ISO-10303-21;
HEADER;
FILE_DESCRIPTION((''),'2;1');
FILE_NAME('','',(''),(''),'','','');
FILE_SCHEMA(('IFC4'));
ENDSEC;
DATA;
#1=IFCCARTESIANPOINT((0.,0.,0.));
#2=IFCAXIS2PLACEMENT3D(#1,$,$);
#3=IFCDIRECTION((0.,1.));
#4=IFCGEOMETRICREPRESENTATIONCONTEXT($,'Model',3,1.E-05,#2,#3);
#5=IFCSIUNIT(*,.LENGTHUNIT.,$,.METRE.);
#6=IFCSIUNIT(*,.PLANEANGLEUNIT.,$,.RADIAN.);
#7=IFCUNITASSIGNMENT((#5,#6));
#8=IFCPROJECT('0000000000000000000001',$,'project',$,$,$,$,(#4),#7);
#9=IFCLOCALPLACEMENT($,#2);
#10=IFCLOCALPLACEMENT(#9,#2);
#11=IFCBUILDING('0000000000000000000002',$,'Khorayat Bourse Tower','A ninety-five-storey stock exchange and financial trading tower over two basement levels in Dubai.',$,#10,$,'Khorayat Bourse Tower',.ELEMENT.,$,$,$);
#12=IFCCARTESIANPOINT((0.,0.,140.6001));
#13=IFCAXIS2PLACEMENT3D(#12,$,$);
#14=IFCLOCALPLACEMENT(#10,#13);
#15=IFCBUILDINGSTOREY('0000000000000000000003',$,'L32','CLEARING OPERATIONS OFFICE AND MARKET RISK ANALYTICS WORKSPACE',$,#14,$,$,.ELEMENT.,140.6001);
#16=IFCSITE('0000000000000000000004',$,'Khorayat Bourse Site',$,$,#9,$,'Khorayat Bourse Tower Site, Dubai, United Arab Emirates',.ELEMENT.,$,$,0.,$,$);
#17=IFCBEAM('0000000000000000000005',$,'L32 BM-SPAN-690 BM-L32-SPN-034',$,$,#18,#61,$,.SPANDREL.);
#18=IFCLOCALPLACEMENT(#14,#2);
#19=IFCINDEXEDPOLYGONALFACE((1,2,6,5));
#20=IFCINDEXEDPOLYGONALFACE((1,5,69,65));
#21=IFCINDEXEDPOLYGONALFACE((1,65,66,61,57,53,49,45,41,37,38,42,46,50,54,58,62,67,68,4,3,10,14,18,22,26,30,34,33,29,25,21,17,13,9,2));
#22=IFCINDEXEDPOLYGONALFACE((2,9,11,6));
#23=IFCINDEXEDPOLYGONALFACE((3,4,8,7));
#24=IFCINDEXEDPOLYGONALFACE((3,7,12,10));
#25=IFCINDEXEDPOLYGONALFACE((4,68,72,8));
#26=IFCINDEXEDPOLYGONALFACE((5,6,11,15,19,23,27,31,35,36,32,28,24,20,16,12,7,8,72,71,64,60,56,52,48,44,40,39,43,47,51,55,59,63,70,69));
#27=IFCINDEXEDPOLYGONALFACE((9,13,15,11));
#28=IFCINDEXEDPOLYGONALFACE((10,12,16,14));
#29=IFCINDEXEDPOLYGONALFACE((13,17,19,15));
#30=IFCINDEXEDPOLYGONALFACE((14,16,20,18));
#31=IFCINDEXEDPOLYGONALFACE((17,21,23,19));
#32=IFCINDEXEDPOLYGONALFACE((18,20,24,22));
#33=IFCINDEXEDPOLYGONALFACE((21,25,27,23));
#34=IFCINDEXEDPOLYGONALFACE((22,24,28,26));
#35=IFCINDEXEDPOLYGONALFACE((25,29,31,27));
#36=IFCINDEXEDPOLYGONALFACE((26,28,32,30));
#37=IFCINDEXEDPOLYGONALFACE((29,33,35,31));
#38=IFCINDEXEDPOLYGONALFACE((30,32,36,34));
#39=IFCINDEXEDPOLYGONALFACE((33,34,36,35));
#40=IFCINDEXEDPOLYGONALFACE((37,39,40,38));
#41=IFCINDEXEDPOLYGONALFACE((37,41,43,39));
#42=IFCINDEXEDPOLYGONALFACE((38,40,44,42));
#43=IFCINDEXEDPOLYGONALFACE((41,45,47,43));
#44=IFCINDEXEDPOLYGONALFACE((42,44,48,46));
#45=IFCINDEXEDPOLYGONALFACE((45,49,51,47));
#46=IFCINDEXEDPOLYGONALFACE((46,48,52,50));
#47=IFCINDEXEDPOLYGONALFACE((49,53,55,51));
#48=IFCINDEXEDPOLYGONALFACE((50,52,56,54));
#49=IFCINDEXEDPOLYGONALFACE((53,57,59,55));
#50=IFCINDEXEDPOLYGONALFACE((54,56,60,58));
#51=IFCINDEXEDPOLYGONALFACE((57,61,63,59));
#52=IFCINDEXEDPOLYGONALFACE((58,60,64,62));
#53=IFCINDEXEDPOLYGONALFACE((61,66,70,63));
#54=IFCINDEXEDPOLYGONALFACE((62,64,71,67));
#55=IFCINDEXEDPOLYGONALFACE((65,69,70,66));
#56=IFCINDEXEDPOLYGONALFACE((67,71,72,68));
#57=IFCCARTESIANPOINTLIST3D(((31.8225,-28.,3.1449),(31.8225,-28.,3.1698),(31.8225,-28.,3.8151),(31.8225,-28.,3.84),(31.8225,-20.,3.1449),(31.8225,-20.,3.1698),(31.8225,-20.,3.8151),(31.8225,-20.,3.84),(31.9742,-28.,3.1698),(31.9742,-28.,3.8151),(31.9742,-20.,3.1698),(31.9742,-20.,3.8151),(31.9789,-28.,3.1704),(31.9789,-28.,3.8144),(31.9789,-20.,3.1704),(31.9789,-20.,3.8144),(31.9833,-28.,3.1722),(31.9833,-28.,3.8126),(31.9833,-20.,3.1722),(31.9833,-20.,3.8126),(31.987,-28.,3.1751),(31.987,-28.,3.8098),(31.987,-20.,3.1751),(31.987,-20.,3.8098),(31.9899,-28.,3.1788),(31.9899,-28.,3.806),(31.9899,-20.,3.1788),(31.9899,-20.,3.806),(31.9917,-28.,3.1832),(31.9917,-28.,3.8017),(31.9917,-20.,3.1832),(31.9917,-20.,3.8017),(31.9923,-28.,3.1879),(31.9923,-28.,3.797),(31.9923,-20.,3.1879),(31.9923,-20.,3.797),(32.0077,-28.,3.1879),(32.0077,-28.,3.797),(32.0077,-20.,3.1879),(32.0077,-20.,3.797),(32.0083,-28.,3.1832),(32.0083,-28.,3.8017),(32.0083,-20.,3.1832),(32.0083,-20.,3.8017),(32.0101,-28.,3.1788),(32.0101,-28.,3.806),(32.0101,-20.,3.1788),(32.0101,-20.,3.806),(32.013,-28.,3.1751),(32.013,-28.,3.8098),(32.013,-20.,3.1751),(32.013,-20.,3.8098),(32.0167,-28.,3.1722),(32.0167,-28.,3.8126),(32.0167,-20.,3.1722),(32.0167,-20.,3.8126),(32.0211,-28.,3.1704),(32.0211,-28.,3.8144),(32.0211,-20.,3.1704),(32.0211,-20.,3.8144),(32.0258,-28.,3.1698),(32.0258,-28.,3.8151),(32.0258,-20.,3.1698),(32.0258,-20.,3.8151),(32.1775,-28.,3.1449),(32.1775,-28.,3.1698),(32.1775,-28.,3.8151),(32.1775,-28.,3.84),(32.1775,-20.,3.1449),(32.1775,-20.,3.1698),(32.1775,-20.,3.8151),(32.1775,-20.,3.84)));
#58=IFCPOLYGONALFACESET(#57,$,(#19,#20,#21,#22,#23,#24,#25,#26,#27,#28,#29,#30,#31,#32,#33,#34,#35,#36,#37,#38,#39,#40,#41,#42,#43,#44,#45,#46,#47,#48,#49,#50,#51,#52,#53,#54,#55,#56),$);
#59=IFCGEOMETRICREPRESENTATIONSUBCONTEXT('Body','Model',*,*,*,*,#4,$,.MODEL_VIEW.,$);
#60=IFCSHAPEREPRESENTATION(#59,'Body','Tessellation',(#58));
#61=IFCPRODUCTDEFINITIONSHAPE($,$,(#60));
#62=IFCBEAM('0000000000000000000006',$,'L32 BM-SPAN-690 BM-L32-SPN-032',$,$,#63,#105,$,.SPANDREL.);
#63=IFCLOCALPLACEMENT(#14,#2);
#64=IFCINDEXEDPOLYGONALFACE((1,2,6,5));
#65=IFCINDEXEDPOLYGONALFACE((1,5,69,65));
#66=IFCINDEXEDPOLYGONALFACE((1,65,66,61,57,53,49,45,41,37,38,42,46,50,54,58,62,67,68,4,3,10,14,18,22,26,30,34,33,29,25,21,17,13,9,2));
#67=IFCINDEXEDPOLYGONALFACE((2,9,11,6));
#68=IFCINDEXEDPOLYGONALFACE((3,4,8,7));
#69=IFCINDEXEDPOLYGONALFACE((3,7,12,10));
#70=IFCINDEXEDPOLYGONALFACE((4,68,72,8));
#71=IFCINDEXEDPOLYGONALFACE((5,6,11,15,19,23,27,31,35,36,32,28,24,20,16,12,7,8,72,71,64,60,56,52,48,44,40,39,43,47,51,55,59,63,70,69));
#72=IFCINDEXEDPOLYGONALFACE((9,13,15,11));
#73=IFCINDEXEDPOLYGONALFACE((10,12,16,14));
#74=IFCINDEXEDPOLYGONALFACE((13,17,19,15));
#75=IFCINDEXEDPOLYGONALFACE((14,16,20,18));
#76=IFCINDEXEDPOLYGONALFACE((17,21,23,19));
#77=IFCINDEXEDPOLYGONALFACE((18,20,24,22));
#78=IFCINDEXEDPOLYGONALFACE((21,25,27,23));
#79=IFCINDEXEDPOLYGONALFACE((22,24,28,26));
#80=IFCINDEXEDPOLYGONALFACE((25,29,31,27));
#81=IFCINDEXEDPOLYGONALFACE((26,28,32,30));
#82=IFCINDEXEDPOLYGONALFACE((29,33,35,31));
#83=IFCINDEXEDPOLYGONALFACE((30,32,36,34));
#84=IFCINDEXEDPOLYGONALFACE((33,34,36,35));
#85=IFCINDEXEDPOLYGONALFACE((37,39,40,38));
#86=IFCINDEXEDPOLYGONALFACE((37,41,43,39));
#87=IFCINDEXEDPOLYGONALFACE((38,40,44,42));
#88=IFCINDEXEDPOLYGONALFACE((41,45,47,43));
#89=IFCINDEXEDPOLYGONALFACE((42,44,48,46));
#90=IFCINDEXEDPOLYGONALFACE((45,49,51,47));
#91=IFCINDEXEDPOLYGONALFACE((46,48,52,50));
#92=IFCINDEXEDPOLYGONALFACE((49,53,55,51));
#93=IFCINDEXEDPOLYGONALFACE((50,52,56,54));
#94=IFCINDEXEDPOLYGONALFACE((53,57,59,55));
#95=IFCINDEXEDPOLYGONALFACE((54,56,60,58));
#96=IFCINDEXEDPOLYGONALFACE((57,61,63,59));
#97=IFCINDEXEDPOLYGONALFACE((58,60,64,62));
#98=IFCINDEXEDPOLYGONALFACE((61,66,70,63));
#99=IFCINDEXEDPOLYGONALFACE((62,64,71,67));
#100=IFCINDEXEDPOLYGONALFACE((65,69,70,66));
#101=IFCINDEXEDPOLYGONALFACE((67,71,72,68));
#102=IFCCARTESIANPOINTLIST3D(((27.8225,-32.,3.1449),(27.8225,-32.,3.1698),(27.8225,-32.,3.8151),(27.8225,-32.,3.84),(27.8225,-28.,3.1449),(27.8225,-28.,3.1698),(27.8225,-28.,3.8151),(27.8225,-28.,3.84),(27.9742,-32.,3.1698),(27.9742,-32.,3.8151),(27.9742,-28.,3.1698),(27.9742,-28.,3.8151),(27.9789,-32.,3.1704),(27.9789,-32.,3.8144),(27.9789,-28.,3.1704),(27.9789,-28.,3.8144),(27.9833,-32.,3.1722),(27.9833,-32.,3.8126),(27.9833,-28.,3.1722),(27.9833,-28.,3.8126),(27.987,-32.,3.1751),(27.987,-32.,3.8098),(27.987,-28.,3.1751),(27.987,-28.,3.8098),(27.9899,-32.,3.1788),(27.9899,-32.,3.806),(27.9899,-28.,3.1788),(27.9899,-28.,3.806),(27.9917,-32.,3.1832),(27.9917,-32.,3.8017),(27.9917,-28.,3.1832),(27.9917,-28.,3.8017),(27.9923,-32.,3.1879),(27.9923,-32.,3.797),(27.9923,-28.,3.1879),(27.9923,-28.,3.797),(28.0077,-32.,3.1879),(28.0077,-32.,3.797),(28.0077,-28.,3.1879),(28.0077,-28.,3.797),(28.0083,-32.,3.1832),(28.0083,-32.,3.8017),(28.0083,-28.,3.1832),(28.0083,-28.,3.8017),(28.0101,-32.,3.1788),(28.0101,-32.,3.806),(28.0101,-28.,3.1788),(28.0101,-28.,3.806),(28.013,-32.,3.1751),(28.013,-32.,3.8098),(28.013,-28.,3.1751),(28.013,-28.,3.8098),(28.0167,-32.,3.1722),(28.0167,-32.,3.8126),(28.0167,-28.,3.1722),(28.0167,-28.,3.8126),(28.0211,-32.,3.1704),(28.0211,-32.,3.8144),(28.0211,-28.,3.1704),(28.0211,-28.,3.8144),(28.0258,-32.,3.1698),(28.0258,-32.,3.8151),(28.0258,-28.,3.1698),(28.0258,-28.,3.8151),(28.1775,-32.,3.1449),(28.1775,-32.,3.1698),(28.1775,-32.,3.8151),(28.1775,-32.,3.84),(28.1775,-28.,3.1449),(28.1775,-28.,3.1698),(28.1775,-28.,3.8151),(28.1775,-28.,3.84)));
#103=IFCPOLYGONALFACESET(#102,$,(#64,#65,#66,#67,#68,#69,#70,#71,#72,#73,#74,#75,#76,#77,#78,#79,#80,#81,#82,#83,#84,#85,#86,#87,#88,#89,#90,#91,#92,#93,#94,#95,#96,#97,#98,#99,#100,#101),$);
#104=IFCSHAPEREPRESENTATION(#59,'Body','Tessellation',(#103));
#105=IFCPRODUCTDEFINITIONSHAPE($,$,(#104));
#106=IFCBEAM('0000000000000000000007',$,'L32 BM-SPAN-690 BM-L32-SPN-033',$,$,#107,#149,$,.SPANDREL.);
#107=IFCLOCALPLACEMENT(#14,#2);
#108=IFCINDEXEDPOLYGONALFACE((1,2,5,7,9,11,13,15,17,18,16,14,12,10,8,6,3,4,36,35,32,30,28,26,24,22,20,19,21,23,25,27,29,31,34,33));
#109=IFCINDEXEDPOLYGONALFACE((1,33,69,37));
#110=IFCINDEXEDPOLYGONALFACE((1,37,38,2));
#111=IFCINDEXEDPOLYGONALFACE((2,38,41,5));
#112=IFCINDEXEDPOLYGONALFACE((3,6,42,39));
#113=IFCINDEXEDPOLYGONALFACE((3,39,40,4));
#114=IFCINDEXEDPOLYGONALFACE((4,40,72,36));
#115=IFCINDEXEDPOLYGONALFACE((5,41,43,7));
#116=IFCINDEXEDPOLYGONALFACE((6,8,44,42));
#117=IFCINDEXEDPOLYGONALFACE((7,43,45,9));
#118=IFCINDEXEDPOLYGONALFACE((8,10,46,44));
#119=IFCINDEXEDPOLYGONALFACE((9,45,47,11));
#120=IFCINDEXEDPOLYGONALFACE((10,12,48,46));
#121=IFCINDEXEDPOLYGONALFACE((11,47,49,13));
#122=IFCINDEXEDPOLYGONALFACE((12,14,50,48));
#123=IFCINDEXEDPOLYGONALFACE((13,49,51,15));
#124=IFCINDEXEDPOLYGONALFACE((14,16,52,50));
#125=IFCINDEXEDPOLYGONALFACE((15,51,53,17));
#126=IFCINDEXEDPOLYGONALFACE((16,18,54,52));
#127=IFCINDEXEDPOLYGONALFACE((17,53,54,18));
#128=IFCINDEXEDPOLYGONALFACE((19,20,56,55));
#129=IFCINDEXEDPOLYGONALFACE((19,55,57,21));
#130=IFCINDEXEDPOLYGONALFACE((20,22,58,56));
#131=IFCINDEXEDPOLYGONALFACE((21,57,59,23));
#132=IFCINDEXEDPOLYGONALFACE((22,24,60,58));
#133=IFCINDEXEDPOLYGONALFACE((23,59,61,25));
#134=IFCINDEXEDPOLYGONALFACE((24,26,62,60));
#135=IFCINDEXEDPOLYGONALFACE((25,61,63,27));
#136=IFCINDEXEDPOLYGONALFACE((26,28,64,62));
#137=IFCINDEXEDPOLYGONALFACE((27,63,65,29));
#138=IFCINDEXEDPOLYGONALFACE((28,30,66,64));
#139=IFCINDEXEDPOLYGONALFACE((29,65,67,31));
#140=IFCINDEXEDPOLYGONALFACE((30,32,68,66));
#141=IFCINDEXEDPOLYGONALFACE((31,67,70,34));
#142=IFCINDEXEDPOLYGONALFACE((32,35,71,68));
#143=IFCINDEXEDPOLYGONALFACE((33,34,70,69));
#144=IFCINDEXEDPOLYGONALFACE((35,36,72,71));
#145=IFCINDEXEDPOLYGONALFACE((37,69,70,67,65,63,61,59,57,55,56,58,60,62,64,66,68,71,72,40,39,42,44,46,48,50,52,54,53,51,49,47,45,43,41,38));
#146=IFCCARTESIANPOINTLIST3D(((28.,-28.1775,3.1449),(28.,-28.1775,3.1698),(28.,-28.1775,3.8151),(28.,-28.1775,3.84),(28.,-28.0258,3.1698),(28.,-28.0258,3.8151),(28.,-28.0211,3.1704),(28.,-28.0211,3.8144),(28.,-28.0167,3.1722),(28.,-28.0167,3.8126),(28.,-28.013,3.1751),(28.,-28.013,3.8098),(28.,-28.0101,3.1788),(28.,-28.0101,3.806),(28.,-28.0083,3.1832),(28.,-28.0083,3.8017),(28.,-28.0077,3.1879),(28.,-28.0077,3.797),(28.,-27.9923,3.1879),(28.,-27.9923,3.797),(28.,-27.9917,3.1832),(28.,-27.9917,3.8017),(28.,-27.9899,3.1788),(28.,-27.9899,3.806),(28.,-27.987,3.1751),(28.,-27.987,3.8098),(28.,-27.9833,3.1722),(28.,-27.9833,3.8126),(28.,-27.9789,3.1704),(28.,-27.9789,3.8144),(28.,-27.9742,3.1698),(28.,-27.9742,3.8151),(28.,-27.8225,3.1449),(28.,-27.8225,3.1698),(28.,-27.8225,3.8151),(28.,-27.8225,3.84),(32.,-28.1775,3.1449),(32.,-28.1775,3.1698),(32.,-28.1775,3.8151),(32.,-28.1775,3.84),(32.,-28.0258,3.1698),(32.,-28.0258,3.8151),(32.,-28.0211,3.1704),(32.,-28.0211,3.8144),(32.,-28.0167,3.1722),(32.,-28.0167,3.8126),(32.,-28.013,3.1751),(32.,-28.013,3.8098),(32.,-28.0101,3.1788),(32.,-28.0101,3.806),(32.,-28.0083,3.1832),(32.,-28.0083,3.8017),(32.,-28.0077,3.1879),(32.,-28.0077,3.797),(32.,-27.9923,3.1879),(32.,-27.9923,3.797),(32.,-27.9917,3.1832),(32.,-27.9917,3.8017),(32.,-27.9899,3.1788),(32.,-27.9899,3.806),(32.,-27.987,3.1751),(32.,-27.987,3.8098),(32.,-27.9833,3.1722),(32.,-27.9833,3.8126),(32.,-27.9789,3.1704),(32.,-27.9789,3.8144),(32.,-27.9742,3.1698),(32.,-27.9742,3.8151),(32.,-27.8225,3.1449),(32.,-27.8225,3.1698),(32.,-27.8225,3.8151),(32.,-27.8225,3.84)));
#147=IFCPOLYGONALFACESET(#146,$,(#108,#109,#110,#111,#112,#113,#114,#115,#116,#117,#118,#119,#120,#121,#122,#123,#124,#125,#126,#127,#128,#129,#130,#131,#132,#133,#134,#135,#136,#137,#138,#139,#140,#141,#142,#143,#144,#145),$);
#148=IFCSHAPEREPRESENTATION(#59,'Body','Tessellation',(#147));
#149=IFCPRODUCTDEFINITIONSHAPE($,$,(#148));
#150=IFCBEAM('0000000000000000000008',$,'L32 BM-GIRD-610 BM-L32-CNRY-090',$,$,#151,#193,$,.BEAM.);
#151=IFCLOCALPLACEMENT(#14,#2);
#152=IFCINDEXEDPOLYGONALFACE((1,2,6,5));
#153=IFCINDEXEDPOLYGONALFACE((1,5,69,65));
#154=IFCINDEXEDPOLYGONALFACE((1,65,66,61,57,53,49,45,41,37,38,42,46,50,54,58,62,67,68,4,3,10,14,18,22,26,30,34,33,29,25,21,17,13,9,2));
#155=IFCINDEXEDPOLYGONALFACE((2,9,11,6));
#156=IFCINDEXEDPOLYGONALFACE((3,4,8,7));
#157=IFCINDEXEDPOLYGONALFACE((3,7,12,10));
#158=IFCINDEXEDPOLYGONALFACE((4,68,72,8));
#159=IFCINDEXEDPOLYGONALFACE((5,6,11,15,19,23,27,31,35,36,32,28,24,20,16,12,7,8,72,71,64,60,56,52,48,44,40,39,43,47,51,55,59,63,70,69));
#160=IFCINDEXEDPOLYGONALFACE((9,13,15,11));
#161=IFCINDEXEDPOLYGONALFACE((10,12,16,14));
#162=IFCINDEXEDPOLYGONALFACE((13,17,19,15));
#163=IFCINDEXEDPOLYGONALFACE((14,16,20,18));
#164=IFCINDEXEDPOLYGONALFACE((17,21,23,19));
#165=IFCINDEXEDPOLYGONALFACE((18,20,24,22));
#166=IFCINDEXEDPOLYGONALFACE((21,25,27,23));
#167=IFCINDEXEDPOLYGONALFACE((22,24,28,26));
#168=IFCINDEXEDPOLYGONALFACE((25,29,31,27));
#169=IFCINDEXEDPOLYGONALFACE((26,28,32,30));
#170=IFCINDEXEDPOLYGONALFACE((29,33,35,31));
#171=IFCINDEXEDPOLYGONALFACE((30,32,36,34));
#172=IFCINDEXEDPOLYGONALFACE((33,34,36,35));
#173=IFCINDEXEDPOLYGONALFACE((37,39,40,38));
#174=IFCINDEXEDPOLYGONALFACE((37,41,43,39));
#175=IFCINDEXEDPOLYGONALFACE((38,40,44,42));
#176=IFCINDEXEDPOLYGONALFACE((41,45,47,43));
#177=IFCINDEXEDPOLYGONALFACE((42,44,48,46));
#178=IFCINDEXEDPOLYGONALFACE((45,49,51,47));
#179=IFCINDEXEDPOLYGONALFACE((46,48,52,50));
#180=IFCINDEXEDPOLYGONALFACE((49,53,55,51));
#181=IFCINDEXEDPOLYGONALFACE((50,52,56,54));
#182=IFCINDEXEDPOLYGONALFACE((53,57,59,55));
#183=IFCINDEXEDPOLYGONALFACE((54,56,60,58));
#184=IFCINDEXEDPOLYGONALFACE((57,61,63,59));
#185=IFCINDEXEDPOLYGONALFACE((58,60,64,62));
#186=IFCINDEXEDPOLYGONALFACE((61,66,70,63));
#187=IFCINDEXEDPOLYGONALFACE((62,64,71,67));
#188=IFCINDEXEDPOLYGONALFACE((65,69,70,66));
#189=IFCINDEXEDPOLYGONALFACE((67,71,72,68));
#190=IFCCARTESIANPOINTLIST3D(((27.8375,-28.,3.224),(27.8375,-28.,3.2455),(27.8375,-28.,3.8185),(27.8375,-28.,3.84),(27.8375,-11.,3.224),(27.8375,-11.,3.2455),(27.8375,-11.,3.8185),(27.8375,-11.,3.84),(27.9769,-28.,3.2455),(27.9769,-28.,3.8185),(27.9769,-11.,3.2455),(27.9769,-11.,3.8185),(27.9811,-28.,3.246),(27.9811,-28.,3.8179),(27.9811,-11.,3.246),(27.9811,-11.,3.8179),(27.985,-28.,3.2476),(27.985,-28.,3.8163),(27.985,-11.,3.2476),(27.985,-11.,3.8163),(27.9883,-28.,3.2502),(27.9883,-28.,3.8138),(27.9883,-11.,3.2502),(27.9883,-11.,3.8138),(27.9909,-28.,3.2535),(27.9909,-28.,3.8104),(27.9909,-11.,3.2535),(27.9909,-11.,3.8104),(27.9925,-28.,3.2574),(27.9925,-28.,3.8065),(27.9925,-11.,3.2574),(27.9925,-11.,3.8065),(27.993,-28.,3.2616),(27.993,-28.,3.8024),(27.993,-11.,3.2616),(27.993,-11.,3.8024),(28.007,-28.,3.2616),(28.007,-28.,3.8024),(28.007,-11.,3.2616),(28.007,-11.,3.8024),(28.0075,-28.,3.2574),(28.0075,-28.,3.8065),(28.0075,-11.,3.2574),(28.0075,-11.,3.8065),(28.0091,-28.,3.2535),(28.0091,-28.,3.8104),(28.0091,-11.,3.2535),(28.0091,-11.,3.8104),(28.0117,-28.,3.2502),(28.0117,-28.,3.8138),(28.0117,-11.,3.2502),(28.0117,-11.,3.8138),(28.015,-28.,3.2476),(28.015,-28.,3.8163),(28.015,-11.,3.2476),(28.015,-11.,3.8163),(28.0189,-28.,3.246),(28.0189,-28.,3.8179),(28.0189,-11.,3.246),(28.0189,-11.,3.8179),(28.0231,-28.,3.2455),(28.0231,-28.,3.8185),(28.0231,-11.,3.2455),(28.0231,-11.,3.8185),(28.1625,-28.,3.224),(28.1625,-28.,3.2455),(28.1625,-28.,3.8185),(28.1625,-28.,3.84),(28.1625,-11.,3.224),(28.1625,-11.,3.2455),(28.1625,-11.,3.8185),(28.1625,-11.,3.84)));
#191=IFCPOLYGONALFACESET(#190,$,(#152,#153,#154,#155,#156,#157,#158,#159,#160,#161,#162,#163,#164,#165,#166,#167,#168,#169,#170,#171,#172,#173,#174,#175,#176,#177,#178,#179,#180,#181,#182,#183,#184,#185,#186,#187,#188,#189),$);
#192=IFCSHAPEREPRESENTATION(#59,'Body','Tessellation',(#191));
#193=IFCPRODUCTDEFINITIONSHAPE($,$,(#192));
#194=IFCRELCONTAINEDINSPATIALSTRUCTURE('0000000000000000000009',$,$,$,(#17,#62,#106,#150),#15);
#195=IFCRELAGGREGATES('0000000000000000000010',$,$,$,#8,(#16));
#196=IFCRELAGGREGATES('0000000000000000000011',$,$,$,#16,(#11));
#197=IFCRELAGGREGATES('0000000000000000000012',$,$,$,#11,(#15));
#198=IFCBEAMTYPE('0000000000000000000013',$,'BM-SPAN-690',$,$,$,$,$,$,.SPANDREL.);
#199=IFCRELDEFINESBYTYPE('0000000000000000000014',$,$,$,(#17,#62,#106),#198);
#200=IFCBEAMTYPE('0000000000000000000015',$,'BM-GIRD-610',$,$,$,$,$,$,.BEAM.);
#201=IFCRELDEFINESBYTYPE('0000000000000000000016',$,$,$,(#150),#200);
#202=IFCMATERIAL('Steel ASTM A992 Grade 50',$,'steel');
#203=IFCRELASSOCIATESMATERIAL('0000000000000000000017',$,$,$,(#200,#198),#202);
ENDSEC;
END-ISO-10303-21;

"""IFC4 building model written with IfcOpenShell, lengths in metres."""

from ifc_helpers import new_model, si_unit, direction, frame, origin, origin_2d, place, context, subcontext, project, spatial, i_section, extrude, source, transform, mapped, material, material_profile, profile_set, type_object, element, save


model = new_model("IFC4")

# Units and contexts
model_context = context("Model", 3, precision=1e-05, world=origin(), true_north=direction((0.0, 1.0)))
body_context = subcontext(model_context, "Body", "Model", "MODEL_VIEW")
ifc_project = project(units=[si_unit("LENGTHUNIT", "METRE"), si_unit("PLANEANGLEUNIT", "RADIAN")], contexts=[model_context])

# Site, building, storey
site_placement = place(None, origin())
site = spatial("IfcSite", under=ifc_project, at=site_placement, Name="Khorayat Bourse Site", LongName="Khorayat Bourse Tower Site, Dubai, United Arab Emirates", CompositionType="ELEMENT", RefElevation=0.0)
building_placement = place(site_placement, origin())
building = spatial("IfcBuilding", under=site, at=building_placement, Name="Khorayat Bourse Tower", Description="A ninety-five-storey stock exchange and financial trading tower over two basement levels in Dubai.", LongName="Khorayat Bourse Tower", CompositionType="ELEMENT")
storey_placement = place(building_placement, frame((0.0, 0.0, 140.6001)))
storey = spatial("IfcBuildingStorey", under=building, at=storey_placement, Name="L32", Description="CLEARING OPERATIONS OFFICE AND MARKET RISK ANALYTICS WORKSPACE", CompositionType="ELEMENT", Elevation=140.6001)

# Beams
ifc_material_1 = material(Name="Steel ASTM A992 Grade 50", Category="steel")
ifc_material_profile_1 = material_profile(ifc_material_1, i_section(OverallWidth=0.325, OverallDepth=0.616, WebThickness=0.0139, FlangeThickness=0.0215, FilletRadius=0.0161, at=origin_2d()), Name="W610X174")
ifc_profile_set_1 = profile_set([ifc_material_profile_1], Name="Steel ASTM A992 Grade 50")
beam_type_1 = type_object("IfcBeamType", Name="BM-GIRD-610", PredefinedType="BEAM", material=ifc_profile_set_1)
ifc_material_profile_2 = material_profile(ifc_material_1, i_section(OverallWidth=0.355, OverallDepth=0.6951, WebThickness=0.0154, FlangeThickness=0.0249, FilletRadius=0.0181, at=origin_2d()), Name="W690X217")
ifc_profile_set_2 = profile_set([ifc_material_profile_2], Name="Steel ASTM A992 Grade 50")
beam_type_2 = type_object("IfcBeamType", Name="BM-SPAN-690", PredefinedType="SPANDREL", material=ifc_profile_set_2)
shared_shape_1 = source(origin(), body_context, "Body", "SweptSolid", [
    extrude(i_section(OverallWidth=0.355, OverallDepth=0.6951, WebThickness=0.0154, FlangeThickness=0.0249, FilletRadius=0.0181, at=origin_2d()), origin(), (0.0, 0.0, 1.0), 8.0),
])
for number, where, z_axis, x_axis, name in (
    (1, (32.0, -28.0, 3.4924), (0.0, 1.0, 0.0), (-1.0, 0.0, 0.0), "L32 BM-SPAN-690 BM-L32-SPN-034"),
):
    element("IfcBeam", number, at=place(storey_placement, frame(where, z_axis=z_axis, x_axis=x_axis)), inside=storey, type_object=beam_type_2, Name=name, PredefinedType="SPANDREL", context=body_context, shape_type="MappedRepresentation", body=[
        mapped(shared_shape_1, transform((0.0, 0.0, 0.0), scale=1.0)),
    ])
shared_shape_2 = source(origin(), body_context, "Body", "SweptSolid", [
    extrude(i_section(OverallWidth=0.355, OverallDepth=0.6951, WebThickness=0.0154, FlangeThickness=0.0249, FilletRadius=0.0181, at=origin_2d()), origin(), (0.0, 0.0, 1.0), 4.0),
])
for number, where, z_axis, x_axis, name in (
    (2, (28.0, -32.0, 3.4924), (0.0, 1.0, 0.0), (-1.0, 0.0, 0.0), "L32 BM-SPAN-690 BM-L32-SPN-032"),
    (3, (28.0, -28.0, 3.4924), (1.0, 0.0, 0.0), (0.0, 1.0, 0.0), "L32 BM-SPAN-690 BM-L32-SPN-033"),
):
    element("IfcBeam", number, at=place(storey_placement, frame(where, z_axis=z_axis, x_axis=x_axis)), inside=storey, type_object=beam_type_2, Name=name, PredefinedType="SPANDREL", context=body_context, shape_type="MappedRepresentation", body=[
        mapped(shared_shape_2, transform((0.0, 0.0, 0.0), scale=1.0)),
    ])
shared_shape_3 = source(origin(), body_context, "Body", "SweptSolid", [
    extrude(i_section(OverallWidth=0.325, OverallDepth=0.616, WebThickness=0.0139, FlangeThickness=0.0215, FilletRadius=0.0161, at=origin_2d()), origin(), (0.0, 0.0, 1.0), 17.0),
])
beam_1_placement = place(storey_placement, frame((28.0, -28.0, 3.532), z_axis=(0.0, 1.0, 0.0), x_axis=(-1.0, 0.0, 0.0)))
element("IfcBeam", 4, at=beam_1_placement, inside=storey, type_object=beam_type_1, Name="L32 BM-GIRD-610 BM-L32-CNRY-090", PredefinedType="BEAM", context=body_context, shape_type="MappedRepresentation", body=[
    mapped(shared_shape_3, transform((0.0, 0.0, 0.0), scale=1.0)),
])

save(model, "model.ifc")
